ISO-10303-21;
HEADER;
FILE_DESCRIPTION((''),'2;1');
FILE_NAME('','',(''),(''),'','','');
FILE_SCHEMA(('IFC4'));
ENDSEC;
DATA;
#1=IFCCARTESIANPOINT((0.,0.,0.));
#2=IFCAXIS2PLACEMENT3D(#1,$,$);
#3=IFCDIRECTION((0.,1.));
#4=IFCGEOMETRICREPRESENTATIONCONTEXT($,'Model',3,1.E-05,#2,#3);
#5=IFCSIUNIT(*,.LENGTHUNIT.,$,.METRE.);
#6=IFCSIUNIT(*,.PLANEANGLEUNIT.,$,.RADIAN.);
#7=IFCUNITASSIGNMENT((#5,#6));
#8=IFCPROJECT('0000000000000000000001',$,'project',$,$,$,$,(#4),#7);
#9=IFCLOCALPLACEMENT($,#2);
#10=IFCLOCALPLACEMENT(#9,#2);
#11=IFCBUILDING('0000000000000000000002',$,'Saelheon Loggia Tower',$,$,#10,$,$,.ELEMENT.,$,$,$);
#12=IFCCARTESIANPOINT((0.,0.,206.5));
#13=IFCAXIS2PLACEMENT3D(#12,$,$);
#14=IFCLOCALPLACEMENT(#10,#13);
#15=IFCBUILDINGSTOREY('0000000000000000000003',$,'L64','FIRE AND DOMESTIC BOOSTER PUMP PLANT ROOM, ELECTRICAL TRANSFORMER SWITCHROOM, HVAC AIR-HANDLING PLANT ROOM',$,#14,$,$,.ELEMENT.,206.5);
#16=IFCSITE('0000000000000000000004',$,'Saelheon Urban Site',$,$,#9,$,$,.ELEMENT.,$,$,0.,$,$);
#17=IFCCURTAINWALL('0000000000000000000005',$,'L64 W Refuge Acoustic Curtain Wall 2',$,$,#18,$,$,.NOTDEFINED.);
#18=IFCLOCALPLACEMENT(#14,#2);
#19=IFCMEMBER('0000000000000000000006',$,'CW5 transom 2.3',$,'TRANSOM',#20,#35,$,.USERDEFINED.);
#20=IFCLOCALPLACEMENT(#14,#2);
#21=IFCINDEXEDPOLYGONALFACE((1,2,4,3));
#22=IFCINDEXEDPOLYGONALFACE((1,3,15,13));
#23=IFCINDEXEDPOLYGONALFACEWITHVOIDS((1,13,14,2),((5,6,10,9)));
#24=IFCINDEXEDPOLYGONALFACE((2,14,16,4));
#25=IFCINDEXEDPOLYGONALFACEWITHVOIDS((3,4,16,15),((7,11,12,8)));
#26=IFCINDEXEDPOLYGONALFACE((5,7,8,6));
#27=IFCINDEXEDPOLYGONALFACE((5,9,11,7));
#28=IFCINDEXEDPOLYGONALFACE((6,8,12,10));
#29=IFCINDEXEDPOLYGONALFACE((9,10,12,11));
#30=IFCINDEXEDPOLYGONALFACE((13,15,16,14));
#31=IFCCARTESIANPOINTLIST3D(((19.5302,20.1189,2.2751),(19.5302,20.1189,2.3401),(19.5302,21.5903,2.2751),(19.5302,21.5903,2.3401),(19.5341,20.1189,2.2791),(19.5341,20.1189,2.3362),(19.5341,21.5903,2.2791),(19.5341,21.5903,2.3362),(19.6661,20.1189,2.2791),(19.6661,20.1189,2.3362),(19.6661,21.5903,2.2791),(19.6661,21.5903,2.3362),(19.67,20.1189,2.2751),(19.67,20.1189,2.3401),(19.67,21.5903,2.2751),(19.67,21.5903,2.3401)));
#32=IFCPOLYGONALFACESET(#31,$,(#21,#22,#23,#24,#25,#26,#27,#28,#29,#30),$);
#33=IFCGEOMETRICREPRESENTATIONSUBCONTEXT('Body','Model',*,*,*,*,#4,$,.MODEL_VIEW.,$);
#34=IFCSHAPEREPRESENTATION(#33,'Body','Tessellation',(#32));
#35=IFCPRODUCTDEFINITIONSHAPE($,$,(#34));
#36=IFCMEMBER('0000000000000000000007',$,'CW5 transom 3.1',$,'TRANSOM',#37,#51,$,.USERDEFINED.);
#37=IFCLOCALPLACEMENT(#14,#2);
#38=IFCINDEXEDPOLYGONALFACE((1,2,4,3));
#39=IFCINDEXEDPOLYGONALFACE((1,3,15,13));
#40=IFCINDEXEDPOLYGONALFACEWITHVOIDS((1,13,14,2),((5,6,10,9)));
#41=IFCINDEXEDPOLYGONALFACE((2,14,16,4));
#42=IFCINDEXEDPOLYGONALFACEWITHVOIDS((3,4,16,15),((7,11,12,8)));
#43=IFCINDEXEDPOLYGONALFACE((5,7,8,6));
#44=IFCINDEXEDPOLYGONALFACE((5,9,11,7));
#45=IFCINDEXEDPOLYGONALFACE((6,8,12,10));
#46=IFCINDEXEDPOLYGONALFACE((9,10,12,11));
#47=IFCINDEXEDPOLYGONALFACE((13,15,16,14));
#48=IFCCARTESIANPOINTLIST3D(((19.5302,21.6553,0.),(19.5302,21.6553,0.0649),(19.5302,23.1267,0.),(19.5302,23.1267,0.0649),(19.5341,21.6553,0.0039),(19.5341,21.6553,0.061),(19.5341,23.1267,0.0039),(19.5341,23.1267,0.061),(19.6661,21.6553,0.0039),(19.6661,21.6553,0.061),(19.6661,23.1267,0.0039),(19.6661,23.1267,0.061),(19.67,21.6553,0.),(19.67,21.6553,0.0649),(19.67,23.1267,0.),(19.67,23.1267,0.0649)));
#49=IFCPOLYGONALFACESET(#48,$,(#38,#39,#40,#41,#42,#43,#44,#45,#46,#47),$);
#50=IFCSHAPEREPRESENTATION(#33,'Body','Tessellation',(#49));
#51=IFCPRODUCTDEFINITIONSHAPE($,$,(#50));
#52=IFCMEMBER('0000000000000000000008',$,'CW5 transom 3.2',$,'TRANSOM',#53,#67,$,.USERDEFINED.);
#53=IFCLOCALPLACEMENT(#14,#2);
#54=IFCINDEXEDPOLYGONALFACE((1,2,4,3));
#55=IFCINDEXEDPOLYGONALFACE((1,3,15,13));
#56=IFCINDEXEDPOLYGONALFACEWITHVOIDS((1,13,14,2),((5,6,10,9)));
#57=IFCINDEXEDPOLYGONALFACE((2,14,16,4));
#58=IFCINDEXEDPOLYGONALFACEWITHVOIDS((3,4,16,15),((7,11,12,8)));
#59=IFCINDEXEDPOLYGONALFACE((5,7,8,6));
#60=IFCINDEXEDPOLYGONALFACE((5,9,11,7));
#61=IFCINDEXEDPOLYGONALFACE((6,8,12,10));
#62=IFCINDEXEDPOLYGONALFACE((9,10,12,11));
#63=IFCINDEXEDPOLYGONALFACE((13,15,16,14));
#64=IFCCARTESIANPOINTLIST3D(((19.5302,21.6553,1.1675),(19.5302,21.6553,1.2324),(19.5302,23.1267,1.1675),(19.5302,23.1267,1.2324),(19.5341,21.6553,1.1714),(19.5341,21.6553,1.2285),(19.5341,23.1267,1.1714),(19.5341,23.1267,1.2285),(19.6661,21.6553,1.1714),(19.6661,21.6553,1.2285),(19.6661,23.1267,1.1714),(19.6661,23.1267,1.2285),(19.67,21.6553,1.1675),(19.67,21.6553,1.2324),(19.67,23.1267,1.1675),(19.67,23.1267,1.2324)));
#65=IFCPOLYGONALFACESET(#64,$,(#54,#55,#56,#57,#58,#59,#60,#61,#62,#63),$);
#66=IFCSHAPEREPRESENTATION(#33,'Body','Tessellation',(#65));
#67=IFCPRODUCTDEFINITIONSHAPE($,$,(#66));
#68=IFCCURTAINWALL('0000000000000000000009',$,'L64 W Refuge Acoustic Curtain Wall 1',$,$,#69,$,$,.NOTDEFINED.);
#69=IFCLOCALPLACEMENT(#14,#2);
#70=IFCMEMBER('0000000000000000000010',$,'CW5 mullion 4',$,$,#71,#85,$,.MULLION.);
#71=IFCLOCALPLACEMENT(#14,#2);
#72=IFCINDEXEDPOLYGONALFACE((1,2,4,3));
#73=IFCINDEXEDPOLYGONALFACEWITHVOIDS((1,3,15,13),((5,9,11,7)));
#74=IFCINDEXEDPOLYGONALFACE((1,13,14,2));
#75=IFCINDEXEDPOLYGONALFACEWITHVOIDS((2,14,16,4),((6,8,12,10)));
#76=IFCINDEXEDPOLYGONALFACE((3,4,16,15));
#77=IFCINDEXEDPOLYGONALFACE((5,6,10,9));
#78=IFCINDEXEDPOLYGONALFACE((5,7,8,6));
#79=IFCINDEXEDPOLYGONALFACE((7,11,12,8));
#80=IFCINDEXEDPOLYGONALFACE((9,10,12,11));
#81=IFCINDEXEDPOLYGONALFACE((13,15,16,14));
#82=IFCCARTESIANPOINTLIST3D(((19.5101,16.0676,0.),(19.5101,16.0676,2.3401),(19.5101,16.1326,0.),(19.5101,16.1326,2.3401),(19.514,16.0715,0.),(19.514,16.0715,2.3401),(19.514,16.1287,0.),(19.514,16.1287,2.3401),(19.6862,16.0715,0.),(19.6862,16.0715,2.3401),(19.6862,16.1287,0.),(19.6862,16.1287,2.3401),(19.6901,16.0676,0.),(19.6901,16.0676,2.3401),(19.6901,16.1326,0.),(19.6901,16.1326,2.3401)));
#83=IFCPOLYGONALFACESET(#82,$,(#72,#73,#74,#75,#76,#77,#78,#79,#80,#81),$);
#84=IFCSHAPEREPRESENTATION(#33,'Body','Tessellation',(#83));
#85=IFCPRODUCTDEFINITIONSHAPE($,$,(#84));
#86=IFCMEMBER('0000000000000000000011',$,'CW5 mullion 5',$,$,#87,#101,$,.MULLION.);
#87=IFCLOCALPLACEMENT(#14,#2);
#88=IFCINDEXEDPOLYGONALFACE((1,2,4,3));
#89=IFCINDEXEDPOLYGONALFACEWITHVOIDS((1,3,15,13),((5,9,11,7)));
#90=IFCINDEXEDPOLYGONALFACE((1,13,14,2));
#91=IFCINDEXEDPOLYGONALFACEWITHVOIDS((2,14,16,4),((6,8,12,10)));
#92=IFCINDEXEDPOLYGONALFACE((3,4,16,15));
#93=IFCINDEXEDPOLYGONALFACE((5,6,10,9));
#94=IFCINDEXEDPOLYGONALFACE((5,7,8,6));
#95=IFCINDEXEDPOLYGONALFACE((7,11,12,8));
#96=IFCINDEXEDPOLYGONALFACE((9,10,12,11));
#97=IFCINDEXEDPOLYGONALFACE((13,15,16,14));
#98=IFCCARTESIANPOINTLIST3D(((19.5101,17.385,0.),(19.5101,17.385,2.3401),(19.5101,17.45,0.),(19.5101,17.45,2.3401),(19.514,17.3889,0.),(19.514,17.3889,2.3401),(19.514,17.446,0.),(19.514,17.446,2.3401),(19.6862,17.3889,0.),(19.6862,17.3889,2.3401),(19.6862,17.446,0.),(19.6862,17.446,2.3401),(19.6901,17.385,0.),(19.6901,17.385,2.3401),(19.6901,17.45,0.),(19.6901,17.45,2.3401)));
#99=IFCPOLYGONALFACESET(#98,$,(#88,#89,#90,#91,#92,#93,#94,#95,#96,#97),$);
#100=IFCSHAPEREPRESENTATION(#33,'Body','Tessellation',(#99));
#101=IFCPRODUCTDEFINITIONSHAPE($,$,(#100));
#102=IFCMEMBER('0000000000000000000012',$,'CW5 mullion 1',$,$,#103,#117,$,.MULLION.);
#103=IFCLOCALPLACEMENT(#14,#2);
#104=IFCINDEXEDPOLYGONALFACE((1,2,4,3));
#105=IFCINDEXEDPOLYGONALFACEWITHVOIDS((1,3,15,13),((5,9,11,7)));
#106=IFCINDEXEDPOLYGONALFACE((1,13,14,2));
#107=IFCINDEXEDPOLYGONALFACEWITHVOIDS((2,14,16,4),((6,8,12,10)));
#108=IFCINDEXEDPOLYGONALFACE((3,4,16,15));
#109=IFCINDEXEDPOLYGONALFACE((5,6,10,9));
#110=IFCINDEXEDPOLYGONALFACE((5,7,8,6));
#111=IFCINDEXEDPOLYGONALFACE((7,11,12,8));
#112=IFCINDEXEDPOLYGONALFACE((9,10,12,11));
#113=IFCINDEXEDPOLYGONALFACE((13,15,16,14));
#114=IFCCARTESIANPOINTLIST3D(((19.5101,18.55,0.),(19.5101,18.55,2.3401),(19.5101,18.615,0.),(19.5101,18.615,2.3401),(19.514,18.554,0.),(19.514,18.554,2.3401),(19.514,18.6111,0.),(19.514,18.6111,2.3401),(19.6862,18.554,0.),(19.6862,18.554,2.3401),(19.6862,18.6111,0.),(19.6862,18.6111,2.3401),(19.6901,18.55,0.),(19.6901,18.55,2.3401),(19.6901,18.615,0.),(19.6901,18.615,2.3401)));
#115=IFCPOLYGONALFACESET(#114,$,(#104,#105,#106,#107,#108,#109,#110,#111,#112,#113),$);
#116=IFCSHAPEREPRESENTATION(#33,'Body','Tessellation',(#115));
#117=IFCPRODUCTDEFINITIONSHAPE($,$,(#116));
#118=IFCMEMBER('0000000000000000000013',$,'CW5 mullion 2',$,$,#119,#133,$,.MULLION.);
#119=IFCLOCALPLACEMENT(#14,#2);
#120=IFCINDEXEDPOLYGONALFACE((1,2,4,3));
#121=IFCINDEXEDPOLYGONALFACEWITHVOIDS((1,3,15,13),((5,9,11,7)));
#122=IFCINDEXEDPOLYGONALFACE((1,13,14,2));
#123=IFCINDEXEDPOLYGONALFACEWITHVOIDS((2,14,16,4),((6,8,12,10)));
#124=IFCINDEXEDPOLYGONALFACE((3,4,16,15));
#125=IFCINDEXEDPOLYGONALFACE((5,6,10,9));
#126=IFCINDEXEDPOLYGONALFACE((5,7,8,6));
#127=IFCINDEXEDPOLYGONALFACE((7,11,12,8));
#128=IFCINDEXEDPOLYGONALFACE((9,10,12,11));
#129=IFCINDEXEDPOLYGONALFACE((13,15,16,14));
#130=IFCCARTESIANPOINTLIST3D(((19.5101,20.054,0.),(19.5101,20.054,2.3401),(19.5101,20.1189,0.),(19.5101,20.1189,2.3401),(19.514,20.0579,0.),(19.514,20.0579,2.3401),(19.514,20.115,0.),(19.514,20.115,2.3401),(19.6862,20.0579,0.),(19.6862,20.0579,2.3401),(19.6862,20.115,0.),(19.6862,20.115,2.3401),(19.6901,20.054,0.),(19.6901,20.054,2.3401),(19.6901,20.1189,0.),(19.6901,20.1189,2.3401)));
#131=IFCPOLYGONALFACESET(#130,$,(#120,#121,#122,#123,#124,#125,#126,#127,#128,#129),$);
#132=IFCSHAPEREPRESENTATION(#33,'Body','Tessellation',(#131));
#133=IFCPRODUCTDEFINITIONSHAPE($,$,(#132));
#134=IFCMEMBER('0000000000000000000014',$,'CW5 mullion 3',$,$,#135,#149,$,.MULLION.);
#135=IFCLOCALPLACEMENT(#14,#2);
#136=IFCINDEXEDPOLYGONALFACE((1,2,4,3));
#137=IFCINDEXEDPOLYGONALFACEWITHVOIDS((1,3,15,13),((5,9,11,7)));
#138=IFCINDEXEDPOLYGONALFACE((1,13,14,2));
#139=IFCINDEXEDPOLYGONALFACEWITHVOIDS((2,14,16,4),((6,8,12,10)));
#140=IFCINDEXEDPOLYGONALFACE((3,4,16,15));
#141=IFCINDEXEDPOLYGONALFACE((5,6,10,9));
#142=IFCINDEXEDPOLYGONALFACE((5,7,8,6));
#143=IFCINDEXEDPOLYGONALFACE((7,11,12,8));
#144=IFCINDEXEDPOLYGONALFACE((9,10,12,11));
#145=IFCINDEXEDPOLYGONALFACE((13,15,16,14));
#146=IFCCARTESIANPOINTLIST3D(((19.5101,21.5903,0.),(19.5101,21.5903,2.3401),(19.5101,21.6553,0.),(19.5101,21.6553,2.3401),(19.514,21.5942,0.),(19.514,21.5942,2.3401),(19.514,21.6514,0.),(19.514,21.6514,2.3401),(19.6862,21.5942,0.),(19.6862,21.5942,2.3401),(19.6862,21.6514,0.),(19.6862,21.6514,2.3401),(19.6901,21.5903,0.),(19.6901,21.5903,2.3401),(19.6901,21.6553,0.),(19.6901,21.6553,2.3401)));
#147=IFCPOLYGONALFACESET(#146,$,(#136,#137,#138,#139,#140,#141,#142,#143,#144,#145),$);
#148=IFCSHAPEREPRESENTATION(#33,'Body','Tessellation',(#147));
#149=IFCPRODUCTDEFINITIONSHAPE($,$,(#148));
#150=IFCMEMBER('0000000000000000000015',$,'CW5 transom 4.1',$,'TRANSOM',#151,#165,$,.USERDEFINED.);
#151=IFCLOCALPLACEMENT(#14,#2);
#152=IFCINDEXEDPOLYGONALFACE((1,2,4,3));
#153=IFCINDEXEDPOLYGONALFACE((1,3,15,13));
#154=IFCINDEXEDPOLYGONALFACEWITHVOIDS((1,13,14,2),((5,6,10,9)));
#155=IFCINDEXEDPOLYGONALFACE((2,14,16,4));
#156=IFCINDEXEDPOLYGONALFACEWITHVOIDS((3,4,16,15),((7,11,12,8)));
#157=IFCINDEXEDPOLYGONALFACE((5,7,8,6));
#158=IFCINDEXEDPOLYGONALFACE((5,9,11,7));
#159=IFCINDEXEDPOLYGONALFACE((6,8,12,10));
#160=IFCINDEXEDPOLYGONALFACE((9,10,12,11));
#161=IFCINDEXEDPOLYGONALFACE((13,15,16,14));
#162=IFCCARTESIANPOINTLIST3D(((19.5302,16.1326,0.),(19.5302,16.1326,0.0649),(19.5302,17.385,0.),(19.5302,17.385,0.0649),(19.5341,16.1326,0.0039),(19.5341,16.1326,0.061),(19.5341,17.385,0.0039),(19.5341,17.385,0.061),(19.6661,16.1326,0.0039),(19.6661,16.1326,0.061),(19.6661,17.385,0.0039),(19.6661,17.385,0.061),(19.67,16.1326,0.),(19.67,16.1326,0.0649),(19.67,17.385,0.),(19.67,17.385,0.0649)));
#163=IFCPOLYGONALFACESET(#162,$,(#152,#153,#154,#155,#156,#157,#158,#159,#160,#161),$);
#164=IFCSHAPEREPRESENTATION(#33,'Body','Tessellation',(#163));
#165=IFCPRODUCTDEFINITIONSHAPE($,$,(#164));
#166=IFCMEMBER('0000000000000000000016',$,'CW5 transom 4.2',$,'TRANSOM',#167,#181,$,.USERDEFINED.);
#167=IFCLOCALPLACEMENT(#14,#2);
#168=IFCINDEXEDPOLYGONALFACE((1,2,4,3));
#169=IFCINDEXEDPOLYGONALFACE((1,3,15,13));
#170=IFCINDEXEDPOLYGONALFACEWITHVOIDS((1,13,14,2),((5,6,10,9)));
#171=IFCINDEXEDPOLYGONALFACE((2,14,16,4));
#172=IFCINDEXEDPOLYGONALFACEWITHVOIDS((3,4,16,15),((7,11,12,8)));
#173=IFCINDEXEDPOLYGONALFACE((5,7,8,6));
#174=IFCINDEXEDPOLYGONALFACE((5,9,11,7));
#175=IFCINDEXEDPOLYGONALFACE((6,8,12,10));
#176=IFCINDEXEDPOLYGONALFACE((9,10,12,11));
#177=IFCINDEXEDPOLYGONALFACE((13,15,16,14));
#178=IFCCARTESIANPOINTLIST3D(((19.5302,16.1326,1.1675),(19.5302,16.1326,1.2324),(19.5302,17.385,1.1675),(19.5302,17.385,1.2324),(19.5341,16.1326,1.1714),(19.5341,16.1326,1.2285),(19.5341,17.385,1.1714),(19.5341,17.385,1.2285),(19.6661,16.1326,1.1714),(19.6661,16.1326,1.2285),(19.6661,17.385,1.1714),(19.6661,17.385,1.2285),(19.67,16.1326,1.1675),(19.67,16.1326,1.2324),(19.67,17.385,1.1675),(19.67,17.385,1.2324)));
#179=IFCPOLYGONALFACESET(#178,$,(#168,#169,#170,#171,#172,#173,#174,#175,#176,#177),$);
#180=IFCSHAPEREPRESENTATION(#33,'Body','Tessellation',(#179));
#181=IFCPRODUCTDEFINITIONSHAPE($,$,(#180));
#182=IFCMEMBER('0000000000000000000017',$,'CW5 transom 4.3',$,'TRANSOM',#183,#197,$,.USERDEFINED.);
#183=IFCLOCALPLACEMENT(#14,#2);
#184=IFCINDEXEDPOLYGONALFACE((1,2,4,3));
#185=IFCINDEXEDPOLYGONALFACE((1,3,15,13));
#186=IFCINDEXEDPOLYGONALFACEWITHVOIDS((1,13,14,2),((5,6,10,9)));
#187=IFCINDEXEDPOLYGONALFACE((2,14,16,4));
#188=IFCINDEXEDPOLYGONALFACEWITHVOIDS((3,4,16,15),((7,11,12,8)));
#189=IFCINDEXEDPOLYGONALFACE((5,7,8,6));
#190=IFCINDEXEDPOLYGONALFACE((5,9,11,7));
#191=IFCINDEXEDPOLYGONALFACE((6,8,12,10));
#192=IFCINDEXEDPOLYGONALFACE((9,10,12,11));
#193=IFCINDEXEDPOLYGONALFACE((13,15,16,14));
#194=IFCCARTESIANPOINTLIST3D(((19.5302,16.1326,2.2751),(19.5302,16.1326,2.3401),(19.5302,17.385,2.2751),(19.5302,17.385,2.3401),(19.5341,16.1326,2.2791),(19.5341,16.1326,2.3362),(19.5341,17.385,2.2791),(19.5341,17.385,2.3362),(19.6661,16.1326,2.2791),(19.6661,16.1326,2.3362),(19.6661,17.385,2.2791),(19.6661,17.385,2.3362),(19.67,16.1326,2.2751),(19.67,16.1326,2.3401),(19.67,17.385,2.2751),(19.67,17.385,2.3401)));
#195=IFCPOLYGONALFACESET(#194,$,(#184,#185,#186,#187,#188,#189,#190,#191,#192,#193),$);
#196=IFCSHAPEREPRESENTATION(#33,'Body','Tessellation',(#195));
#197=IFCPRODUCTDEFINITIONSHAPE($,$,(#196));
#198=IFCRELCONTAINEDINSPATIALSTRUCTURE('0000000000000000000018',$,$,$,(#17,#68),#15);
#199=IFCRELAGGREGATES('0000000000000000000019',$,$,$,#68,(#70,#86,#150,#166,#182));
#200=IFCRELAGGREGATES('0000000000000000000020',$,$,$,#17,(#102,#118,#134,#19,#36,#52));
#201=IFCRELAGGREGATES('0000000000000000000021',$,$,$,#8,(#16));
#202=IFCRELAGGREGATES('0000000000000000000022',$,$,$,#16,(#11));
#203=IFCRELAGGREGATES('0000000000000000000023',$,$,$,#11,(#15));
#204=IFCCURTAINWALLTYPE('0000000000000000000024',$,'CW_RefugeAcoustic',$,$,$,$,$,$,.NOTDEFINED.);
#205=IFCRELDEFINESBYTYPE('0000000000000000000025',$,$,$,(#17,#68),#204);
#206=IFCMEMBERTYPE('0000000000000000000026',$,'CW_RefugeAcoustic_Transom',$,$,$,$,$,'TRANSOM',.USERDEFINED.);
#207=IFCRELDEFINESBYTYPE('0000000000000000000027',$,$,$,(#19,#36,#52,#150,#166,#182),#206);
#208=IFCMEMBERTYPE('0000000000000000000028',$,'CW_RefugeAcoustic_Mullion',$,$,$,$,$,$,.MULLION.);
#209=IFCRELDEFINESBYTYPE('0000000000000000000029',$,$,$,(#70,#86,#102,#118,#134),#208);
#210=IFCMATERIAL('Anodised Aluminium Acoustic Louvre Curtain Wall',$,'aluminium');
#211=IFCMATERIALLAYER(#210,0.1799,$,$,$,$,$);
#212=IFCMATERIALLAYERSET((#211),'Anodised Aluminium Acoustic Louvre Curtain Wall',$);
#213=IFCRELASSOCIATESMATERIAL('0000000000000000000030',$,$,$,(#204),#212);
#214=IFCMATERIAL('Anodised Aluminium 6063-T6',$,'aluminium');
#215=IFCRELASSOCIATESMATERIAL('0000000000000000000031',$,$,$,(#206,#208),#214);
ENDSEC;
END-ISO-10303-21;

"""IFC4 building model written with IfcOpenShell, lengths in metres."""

from ifc_helpers import new_model, si_unit, direction, frame, origin, origin_2d, place, context, subcontext, project, spatial, hollow_rectangle, extrude, source, transform, mapped, material, layer, layer_set, material_profile, profile_set, type_object, element, aggregate, save


model = new_model("IFC4")

# Units and contexts
model_context = context("Model", 3, precision=1e-05, world=origin(), true_north=direction((0.0, 1.0)))
body_context = subcontext(model_context, "Body", "Model", "MODEL_VIEW")
ifc_project = project(units=[si_unit("LENGTHUNIT", "METRE"), si_unit("PLANEANGLEUNIT", "RADIAN")], contexts=[model_context])

# Site, building, storey
site_placement = place(None, origin())
site = spatial("IfcSite", under=ifc_project, at=site_placement, Name="Saelheon Urban Site", CompositionType="ELEMENT", RefElevation=0.0)
building_placement = place(site_placement, origin())
building = spatial("IfcBuilding", under=site, at=building_placement, Name="Saelheon Loggia Tower", CompositionType="ELEMENT")
storey_placement = place(building_placement, frame((0.0, 0.0, 206.5)))
storey = spatial("IfcBuildingStorey", under=building, at=storey_placement, Name="L64", Description="FIRE AND DOMESTIC BOOSTER PUMP PLANT ROOM, ELECTRICAL TRANSFORMER SWITCHROOM, HVAC AIR-HANDLING PLANT ROOM", CompositionType="ELEMENT", Elevation=206.5)

# Curtain walls, members
ifc_material_1 = material(Name="Anodised Aluminium Acoustic Louvre Curtain Wall", Category="aluminium")
ifc_layer_1 = layer(ifc_material_1, 0.1799)
ifc_layer_set_1 = layer_set([ifc_layer_1], Name="Anodised Aluminium Acoustic Louvre Curtain Wall")
curtain_wall_type = type_object("IfcCurtainWallType", Name="CW_RefugeAcoustic", PredefinedType="NOTDEFINED", material=ifc_layer_set_1)
curtain_wall_1_placement = place(storey_placement, origin())
curtain_wall_1 = element("IfcCurtainWall", 1, at=curtain_wall_1_placement, inside=storey, type_object=curtain_wall_type, Name="L64 W Refuge Acoustic Curtain Wall 2", PredefinedType="NOTDEFINED")
ifc_material_2 = material(Name="Anodised Aluminium 6063-T6", Category="aluminium")
ifc_material_profile_1 = material_profile(ifc_material_2, hollow_rectangle(XDim=0.0649, YDim=0.1399, WallThickness=0.0039, at=origin_2d()), Name="RHS-140x65x4")
ifc_profile_set_1 = profile_set([ifc_material_profile_1], Name="Anodised Aluminium 6063-T6")
member_type_1 = type_object("IfcMemberType", Name="CW_RefugeAcoustic_Transom", ElementType="TRANSOM", PredefinedType="USERDEFINED", material=ifc_profile_set_1)
shared_shape_1 = source(origin(), body_context, "Body", "SweptSolid", [
    extrude(hollow_rectangle(XDim=0.0649, YDim=0.1399, WallThickness=0.0039, at=origin_2d()), origin(), (0.0, 0.0, 1.0), 1.4714),
])
member_1_placement = place(storey_placement, frame((19.6001, 20.1189, 2.3076), z_axis=(0.0, 1.0, 0.0), x_axis=(0.0, 0.0, 1.0)))
member_1 = element("IfcMember", 2, at=member_1_placement, type_object=member_type_1, Name="CW5 transom 2.3", ObjectType="TRANSOM", PredefinedType="USERDEFINED", context=body_context, shape_type="MappedRepresentation", body=[
    mapped(shared_shape_1, transform((0.0, 0.0, 0.0), scale=1.0)),
])
member_2_placement = place(storey_placement, frame((19.6001, 21.6553, 0.0325), z_axis=(0.0, 1.0, 0.0), x_axis=(0.0, 0.0, 1.0)))
member_2 = element("IfcMember", 3, at=member_2_placement, type_object=member_type_1, Name="CW5 transom 3.1", ObjectType="TRANSOM", PredefinedType="USERDEFINED", context=body_context, shape_type="MappedRepresentation", body=[
    mapped(shared_shape_1, transform((0.0, 0.0, 0.0), scale=1.0)),
])
member_3_placement = place(storey_placement, frame((19.6001, 21.6553, 1.2), z_axis=(0.0, 1.0, 0.0), x_axis=(0.0, 0.0, 1.0)))
member_3 = element("IfcMember", 4, at=member_3_placement, type_object=member_type_1, Name="CW5 transom 3.2", ObjectType="TRANSOM", PredefinedType="USERDEFINED", context=body_context, shape_type="MappedRepresentation", body=[
    mapped(shared_shape_1, transform((0.0, 0.0, 0.0), scale=1.0)),
])
curtain_wall_2_placement = place(storey_placement, origin())
curtain_wall_2 = element("IfcCurtainWall", 5, at=curtain_wall_2_placement, inside=storey, type_object=curtain_wall_type, Name="L64 W Refuge Acoustic Curtain Wall 1", PredefinedType="NOTDEFINED")
ifc_material_profile_2 = material_profile(ifc_material_2, hollow_rectangle(XDim=0.0649, YDim=0.1799, WallThickness=0.0039, at=origin_2d()), Name="RHS-180x65x4")
ifc_profile_set_2 = profile_set([ifc_material_profile_2], Name="Anodised Aluminium 6063-T6")
member_type_2 = type_object("IfcMemberType", Name="CW_RefugeAcoustic_Mullion", PredefinedType="MULLION", material=ifc_profile_set_2)
shared_shape_2 = source(origin(), body_context, "Body", "SweptSolid", [
    extrude(hollow_rectangle(XDim=0.0649, YDim=0.1799, WallThickness=0.0039, at=origin_2d()), origin(), (0.0, 0.0, 1.0), 2.3401),
])
member_4_placement = place(storey_placement, frame((19.6001, 16.1001, 0.0), z_axis=(0.0, 0.0, 1.0), x_axis=(0.0, 1.0, 0.0)))
member_4 = element("IfcMember", 6, at=member_4_placement, type_object=member_type_2, Name="CW5 mullion 4", PredefinedType="MULLION", context=body_context, shape_type="MappedRepresentation", body=[
    mapped(shared_shape_2, transform((0.0, 0.0, 0.0), scale=1.0)),
])
member_5_placement = place(storey_placement, frame((19.6001, 17.4175, 0.0), z_axis=(0.0, 0.0, 1.0), x_axis=(0.0, 1.0, 0.0)))
member_5 = element("IfcMember", 7, at=member_5_placement, type_object=member_type_2, Name="CW5 mullion 5", PredefinedType="MULLION", context=body_context, shape_type="MappedRepresentation", body=[
    mapped(shared_shape_2, transform((0.0, 0.0, 0.0), scale=1.0)),
])

# Members
member_6_placement = place(storey_placement, frame((19.6001, 18.5825, 0.0), z_axis=(0.0, 0.0, 1.0), x_axis=(0.0, 1.0, 0.0)))
member_6 = element("IfcMember", 8, at=member_6_placement, type_object=member_type_2, Name="CW5 mullion 1", PredefinedType="MULLION", context=body_context, shape_type="MappedRepresentation", body=[
    mapped(shared_shape_2, transform((0.0, 0.0, 0.0), scale=1.0)),
])
member_7_placement = place(storey_placement, frame((19.6001, 20.0864, 0.0), z_axis=(0.0, 0.0, 1.0), x_axis=(0.0, 1.0, 0.0)))
member_7 = element("IfcMember", 9, at=member_7_placement, type_object=member_type_2, Name="CW5 mullion 2", PredefinedType="MULLION", context=body_context, shape_type="MappedRepresentation", body=[
    mapped(shared_shape_2, transform((0.0, 0.0, 0.0), scale=1.0)),
])
member_8_placement = place(storey_placement, frame((19.6001, 21.6228, 0.0), z_axis=(0.0, 0.0, 1.0), x_axis=(0.0, 1.0, 0.0)))
member_8 = element("IfcMember", 10, at=member_8_placement, type_object=member_type_2, Name="CW5 mullion 3", PredefinedType="MULLION", context=body_context, shape_type="MappedRepresentation", body=[
    mapped(shared_shape_2, transform((0.0, 0.0, 0.0), scale=1.0)),
])
shared_shape_3 = source(origin(), body_context, "Body", "SweptSolid", [
    extrude(hollow_rectangle(XDim=0.0649, YDim=0.1399, WallThickness=0.0039, at=origin_2d()), origin(), (0.0, 0.0, 1.0), 1.2524),
])
member_9_placement = place(storey_placement, frame((19.6001, 16.1326, 0.0325), z_axis=(0.0, 1.0, 0.0), x_axis=(0.0, 0.0, 1.0)))
member_9 = element("IfcMember", 11, at=member_9_placement, type_object=member_type_1, Name="CW5 transom 4.1", ObjectType="TRANSOM", PredefinedType="USERDEFINED", context=body_context, shape_type="MappedRepresentation", body=[
    mapped(shared_shape_3, transform((0.0, 0.0, 0.0), scale=1.0)),
])
member_10_placement = place(storey_placement, frame((19.6001, 16.1326, 1.2), z_axis=(0.0, 1.0, 0.0), x_axis=(0.0, 0.0, 1.0)))
member_10 = element("IfcMember", 12, at=member_10_placement, type_object=member_type_1, Name="CW5 transom 4.2", ObjectType="TRANSOM", PredefinedType="USERDEFINED", context=body_context, shape_type="MappedRepresentation", body=[
    mapped(shared_shape_3, transform((0.0, 0.0, 0.0), scale=1.0)),
])
member_11_placement = place(storey_placement, frame((19.6001, 16.1326, 2.3076), z_axis=(0.0, 1.0, 0.0), x_axis=(0.0, 0.0, 1.0)))
member_11 = element("IfcMember", 13, at=member_11_placement, type_object=member_type_1, Name="CW5 transom 4.3", ObjectType="TRANSOM", PredefinedType="USERDEFINED", context=body_context, shape_type="MappedRepresentation", body=[
    mapped(shared_shape_3, transform((0.0, 0.0, 0.0), scale=1.0)),
])

aggregate(curtain_wall_2, [member_4, member_5, member_9, member_10, member_11])
aggregate(curtain_wall_1, [member_6, member_7, member_8, member_1, member_2, member_3])

save(model, "model.ifc")
